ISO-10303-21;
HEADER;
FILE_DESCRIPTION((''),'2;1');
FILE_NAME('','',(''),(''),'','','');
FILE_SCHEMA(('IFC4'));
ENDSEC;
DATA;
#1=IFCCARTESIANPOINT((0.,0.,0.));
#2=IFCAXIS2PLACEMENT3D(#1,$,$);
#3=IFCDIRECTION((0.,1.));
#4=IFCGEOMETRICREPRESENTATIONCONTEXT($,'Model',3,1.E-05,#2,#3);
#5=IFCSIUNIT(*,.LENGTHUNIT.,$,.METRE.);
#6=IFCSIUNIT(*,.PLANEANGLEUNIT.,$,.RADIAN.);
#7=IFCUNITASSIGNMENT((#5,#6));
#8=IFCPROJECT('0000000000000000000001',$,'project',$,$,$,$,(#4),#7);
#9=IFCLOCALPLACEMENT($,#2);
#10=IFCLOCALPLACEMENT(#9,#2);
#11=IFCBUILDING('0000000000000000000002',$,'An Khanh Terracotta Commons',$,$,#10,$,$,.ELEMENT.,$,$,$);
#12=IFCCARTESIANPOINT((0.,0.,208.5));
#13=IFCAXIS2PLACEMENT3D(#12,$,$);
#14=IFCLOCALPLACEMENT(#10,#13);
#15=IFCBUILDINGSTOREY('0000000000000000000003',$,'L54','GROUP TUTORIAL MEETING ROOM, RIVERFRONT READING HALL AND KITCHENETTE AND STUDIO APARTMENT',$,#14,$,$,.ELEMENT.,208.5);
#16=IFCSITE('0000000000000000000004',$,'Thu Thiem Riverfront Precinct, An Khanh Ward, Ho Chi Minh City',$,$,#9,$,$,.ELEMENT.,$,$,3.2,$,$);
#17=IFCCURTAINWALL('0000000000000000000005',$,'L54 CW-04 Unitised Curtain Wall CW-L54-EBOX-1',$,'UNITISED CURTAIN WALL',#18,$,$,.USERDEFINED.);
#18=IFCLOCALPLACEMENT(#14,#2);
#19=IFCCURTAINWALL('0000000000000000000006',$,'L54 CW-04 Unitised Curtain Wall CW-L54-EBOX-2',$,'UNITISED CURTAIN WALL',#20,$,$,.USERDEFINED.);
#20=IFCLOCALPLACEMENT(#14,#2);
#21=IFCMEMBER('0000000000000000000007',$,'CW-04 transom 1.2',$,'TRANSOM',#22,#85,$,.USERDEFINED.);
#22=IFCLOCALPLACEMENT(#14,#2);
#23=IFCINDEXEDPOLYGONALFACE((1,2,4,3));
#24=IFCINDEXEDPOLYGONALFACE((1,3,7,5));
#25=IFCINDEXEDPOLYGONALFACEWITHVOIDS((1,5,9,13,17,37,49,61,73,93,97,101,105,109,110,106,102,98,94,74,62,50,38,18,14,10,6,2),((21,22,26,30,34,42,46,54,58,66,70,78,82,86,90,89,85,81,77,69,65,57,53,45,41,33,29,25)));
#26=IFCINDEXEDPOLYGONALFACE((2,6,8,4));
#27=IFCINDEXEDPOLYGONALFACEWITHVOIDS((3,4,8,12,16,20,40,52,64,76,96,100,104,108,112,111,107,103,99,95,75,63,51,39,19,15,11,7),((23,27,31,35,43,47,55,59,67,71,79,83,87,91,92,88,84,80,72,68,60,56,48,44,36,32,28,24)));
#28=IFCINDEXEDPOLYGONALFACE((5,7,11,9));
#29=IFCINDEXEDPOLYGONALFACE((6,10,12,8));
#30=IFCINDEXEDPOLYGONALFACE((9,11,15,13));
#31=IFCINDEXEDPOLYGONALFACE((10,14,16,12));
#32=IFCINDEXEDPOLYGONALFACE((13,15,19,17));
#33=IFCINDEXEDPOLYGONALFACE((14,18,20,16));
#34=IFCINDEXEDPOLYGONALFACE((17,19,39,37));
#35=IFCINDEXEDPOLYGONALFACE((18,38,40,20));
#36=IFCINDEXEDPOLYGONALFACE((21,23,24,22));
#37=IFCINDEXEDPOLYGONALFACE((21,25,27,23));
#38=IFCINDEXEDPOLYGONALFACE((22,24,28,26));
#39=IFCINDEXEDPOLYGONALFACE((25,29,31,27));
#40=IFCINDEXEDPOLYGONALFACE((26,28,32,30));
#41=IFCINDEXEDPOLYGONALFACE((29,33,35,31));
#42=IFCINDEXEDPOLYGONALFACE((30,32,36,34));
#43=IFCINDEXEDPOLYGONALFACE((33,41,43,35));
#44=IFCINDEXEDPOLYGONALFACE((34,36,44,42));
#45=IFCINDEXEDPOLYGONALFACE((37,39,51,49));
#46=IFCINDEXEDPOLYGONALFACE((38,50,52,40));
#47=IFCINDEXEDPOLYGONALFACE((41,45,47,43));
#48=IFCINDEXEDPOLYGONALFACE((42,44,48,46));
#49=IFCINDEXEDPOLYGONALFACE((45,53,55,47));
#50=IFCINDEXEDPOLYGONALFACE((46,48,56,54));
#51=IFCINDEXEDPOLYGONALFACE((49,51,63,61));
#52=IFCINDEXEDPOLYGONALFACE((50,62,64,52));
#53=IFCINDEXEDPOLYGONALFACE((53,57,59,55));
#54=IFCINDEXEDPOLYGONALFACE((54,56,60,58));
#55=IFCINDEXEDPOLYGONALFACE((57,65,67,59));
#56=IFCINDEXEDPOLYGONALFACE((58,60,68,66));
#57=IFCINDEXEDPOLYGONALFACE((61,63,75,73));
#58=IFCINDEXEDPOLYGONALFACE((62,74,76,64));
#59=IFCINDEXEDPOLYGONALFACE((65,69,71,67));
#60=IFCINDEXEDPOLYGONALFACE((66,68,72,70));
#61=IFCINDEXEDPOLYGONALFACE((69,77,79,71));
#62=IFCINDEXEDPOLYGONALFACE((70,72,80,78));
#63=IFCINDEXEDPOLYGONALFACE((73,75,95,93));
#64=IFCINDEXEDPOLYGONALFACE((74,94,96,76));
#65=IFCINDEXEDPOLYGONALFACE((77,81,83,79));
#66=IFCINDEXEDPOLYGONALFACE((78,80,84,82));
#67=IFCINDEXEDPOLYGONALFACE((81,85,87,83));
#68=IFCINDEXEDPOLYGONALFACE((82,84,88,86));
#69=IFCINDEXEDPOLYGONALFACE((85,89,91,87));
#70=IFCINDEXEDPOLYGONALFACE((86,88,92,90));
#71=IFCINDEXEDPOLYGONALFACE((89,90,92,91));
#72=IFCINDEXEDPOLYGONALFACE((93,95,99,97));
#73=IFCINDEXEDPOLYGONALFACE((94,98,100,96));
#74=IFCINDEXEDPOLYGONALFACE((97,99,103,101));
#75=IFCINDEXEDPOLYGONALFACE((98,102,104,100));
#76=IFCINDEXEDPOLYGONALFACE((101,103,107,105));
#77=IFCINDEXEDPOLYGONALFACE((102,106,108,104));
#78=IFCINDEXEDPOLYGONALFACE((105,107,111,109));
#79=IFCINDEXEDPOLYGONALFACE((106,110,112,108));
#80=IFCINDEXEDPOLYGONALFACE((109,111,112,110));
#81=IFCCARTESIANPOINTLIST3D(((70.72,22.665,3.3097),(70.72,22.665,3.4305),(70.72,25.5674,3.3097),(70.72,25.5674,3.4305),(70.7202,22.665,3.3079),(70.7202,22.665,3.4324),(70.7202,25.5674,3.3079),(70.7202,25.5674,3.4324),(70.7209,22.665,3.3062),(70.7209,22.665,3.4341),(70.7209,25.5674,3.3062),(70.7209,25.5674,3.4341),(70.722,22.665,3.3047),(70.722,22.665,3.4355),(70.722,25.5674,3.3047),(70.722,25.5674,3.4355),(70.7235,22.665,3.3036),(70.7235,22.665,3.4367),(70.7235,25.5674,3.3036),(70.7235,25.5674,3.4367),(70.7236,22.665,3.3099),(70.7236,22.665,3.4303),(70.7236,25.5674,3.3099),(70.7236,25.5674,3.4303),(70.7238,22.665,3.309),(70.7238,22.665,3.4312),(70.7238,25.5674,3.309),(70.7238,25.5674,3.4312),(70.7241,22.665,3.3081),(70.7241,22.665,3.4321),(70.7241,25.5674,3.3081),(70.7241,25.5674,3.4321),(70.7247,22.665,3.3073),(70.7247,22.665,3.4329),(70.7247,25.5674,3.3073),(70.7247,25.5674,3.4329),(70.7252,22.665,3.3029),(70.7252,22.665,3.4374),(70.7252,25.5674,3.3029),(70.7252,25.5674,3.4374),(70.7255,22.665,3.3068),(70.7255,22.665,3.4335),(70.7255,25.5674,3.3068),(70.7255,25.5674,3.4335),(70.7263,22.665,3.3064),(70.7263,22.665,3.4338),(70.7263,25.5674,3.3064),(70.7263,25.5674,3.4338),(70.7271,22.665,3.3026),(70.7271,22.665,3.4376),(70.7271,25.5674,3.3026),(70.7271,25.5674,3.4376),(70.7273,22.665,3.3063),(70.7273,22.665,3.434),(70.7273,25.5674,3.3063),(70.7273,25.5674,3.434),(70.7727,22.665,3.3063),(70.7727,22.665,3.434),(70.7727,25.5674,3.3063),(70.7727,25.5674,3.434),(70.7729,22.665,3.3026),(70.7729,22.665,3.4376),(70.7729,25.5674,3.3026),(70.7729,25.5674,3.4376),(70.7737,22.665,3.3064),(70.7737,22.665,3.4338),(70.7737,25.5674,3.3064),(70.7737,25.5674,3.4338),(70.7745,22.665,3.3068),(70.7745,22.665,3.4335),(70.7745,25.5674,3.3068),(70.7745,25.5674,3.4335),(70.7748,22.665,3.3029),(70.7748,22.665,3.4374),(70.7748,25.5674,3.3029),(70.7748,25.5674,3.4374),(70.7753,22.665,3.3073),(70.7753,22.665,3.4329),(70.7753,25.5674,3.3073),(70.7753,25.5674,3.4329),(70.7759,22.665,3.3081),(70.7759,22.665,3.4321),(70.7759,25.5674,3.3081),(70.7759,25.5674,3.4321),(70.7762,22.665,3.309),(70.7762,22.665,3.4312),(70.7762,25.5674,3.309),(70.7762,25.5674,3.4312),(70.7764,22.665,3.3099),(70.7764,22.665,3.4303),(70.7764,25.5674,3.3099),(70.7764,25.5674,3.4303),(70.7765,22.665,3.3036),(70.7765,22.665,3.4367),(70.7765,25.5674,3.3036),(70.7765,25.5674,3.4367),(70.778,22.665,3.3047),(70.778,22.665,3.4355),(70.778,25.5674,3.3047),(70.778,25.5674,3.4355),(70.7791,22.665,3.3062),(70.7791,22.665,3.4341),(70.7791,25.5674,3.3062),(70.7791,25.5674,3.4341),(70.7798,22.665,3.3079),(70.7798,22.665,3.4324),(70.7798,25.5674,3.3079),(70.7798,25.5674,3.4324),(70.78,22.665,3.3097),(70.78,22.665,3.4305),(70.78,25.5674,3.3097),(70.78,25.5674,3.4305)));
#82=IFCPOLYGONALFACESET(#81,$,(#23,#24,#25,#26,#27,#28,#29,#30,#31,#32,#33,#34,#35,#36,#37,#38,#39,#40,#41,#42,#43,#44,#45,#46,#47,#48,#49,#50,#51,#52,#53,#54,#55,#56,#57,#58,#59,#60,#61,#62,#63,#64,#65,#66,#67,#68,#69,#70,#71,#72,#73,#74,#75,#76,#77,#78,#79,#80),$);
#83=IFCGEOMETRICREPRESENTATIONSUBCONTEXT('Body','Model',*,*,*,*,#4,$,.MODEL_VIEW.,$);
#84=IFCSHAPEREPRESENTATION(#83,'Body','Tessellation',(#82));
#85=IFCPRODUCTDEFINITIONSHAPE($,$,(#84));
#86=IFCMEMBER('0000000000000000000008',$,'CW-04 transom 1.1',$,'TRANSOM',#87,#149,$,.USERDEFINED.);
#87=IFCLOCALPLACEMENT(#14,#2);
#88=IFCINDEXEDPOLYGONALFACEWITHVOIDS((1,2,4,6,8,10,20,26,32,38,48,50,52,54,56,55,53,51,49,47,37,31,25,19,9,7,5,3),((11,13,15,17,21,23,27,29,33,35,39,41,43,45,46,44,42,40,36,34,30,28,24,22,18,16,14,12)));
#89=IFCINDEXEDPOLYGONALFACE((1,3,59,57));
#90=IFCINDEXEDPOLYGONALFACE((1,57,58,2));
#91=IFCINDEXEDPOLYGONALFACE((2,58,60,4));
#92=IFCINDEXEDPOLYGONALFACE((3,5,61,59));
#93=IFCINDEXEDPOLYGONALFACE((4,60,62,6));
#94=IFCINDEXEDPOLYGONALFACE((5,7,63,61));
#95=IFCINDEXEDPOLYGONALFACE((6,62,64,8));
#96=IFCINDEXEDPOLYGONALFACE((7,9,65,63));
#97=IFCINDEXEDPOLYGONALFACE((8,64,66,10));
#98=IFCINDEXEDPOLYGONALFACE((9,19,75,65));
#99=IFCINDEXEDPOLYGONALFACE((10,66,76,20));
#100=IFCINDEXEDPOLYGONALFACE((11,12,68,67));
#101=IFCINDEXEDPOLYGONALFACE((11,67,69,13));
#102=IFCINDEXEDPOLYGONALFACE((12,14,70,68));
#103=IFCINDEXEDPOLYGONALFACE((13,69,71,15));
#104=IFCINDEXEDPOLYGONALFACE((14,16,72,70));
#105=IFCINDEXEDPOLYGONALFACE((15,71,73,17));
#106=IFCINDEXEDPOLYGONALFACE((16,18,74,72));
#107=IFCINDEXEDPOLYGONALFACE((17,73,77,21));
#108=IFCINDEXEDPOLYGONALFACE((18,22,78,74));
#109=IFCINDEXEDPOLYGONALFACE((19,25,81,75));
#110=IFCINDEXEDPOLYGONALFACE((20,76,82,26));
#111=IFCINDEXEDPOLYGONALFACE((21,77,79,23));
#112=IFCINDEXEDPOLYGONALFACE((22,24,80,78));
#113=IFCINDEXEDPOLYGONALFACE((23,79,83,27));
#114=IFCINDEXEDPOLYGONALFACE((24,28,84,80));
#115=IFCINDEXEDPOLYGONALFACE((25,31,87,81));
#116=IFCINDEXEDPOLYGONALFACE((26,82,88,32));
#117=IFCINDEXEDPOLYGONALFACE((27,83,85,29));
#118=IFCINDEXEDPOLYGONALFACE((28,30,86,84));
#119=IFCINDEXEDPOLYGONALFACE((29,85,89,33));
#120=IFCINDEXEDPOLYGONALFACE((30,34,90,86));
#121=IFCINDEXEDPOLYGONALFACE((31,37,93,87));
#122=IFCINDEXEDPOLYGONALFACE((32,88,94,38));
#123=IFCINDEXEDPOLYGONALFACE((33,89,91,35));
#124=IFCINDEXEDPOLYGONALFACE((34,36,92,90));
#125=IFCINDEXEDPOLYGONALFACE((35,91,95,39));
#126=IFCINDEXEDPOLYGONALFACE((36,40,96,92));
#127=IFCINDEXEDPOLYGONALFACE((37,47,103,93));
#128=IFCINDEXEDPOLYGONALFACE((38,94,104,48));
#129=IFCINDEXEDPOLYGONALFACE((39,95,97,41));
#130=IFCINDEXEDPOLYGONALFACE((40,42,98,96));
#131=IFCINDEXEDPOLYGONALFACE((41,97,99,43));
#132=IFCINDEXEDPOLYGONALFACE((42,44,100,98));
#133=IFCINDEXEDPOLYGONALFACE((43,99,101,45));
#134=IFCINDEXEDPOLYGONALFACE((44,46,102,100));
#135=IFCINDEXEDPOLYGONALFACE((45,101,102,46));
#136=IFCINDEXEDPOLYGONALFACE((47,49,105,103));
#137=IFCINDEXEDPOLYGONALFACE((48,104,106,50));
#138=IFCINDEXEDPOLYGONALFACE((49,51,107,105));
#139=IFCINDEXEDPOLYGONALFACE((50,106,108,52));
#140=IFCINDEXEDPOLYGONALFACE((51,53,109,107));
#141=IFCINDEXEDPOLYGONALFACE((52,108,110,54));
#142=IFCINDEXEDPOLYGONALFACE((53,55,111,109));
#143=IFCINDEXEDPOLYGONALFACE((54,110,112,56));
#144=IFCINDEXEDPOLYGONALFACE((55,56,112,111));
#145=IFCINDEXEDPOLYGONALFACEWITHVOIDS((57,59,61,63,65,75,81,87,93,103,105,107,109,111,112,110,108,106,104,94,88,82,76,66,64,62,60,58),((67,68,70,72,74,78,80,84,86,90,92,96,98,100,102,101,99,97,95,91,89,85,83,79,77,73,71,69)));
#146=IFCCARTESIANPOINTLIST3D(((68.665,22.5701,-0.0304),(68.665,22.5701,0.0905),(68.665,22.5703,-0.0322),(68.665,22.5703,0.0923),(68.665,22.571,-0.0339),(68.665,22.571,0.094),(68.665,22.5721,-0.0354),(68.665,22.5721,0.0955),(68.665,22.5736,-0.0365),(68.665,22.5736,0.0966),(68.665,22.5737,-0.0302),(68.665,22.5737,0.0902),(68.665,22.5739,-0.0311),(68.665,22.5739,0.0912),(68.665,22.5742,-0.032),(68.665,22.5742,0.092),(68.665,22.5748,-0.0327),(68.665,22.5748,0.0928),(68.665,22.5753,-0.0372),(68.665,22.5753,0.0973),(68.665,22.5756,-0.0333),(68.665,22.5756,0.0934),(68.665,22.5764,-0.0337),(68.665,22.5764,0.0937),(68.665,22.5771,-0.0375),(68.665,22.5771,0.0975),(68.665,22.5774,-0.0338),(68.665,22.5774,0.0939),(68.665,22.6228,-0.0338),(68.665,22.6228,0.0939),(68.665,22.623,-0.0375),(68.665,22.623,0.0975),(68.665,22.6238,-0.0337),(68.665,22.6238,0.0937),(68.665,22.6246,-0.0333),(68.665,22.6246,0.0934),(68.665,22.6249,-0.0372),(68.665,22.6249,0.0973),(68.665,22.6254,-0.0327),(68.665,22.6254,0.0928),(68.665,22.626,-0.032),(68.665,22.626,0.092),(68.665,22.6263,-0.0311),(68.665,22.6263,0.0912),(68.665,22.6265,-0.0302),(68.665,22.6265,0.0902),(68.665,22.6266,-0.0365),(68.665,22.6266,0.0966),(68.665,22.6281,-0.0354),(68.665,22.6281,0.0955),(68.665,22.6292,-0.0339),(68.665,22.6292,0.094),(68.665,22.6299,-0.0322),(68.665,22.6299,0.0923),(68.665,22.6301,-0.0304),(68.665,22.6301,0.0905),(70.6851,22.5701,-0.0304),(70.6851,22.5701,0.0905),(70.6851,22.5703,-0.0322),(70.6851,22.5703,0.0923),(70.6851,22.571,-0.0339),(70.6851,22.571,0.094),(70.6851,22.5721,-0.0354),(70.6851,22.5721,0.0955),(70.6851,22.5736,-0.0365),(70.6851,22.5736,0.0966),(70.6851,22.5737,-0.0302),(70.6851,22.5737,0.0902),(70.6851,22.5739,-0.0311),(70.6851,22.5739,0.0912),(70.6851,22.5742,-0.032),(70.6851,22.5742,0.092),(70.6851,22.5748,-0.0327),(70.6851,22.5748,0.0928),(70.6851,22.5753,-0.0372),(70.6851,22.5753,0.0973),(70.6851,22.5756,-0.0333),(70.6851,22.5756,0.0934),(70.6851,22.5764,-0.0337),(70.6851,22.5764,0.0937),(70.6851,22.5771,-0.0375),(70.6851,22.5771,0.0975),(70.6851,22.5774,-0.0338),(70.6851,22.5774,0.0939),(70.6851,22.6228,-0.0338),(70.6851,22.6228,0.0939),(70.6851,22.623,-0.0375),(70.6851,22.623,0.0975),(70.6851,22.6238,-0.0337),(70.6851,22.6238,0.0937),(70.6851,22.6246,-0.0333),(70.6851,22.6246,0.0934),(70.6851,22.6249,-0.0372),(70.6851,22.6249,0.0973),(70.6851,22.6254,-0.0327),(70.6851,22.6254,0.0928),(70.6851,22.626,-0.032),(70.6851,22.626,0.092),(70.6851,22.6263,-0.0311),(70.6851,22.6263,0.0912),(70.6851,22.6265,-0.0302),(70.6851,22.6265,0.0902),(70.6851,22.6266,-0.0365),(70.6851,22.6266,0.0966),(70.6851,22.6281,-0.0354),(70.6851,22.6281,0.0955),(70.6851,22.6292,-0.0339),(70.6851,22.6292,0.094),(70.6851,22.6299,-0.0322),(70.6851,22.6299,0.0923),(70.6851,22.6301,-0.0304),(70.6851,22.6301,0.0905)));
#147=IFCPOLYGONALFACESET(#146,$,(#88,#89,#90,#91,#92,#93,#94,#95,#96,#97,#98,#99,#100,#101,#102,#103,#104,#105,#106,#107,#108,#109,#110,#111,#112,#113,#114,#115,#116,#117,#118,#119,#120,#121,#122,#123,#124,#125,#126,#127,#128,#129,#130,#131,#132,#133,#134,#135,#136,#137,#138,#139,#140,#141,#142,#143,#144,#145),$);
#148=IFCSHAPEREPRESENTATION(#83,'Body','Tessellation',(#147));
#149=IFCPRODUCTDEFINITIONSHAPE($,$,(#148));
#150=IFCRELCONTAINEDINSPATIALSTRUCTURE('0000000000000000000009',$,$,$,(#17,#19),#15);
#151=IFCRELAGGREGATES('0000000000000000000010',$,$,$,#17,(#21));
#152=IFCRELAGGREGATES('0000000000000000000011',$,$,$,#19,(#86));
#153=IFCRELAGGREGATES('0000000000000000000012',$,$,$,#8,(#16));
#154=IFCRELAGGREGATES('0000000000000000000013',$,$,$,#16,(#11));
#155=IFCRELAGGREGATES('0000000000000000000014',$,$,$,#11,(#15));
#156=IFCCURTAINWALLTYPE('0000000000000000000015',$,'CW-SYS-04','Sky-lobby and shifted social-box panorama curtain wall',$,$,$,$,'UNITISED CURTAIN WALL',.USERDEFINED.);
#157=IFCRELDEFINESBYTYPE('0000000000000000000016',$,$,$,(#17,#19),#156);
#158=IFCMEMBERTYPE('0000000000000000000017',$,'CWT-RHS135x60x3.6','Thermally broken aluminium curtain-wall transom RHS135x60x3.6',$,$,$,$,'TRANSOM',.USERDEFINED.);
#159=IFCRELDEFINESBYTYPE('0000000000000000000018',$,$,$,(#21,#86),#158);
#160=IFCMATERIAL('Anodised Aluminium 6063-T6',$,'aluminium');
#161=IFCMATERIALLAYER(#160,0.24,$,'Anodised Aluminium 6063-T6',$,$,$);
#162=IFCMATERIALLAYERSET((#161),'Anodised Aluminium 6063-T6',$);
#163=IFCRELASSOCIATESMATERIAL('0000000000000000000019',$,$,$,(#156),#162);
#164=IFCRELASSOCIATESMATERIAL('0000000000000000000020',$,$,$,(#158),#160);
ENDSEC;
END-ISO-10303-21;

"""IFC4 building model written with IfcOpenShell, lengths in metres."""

from ifc_helpers import new_model, si_unit, direction, frame, origin, origin_2d, place, context, subcontext, project, spatial, hollow_rectangle, extrude, material, layer, layer_set, material_profile, profile_set, type_object, element, aggregate, save


model = new_model("IFC4")

# Units and contexts
model_context = context("Model", 3, precision=1e-05, world=origin(), true_north=direction((0.0, 1.0)))
body_context = subcontext(model_context, "Body", "Model", "MODEL_VIEW")
ifc_project = project(units=[si_unit("LENGTHUNIT", "METRE"), si_unit("PLANEANGLEUNIT", "RADIAN")], contexts=[model_context])

# Site, building, storey
site_placement = place(None, origin())
site = spatial("IfcSite", under=ifc_project, at=site_placement, Name="Thu Thiem Riverfront Precinct, An Khanh Ward, Ho Chi Minh City", CompositionType="ELEMENT", RefElevation=3.2)
building_placement = place(site_placement, origin())
building = spatial("IfcBuilding", under=site, at=building_placement, Name="An Khanh Terracotta Commons", CompositionType="ELEMENT")
storey_placement = place(building_placement, frame((0.0, 0.0, 208.5)))
storey = spatial("IfcBuildingStorey", under=building, at=storey_placement, Name="L54", Description="GROUP TUTORIAL MEETING ROOM, RIVERFRONT READING HALL AND KITCHENETTE AND STUDIO APARTMENT", CompositionType="ELEMENT", Elevation=208.5)

# Curtain wall
ifc_material_1 = material(Name="Anodised Aluminium 6063-T6", Category="aluminium")
ifc_layer_1 = layer(ifc_material_1, 0.24, Name="Anodised Aluminium 6063-T6")
ifc_layer_set_1 = layer_set([ifc_layer_1], Name="Anodised Aluminium 6063-T6")
curtain_wall_type_1 = type_object("IfcCurtainWallType", Name="CW-SYS-04", Description="Sky-lobby and shifted social-box panorama curtain wall", ElementType="UNITISED CURTAIN WALL", PredefinedType="USERDEFINED", material=ifc_layer_set_1)
curtain_wall_1_placement = place(storey_placement, origin())
curtain_wall_1 = element("IfcCurtainWall", 1, at=curtain_wall_1_placement, inside=storey, type_object=curtain_wall_type_1, Name="L54 CW-04 Unitised Curtain Wall CW-L54-EBOX-1", ObjectType="UNITISED CURTAIN WALL", PredefinedType="USERDEFINED")

# Curtain wall
curtain_wall_2_placement = place(storey_placement, origin())
curtain_wall_2 = element("IfcCurtainWall", 2, at=curtain_wall_2_placement, inside=storey, type_object=curtain_wall_type_1, Name="L54 CW-04 Unitised Curtain Wall CW-L54-EBOX-2", ObjectType="UNITISED CURTAIN WALL", PredefinedType="USERDEFINED")

# Members
ifc_material_profile_1 = material_profile(ifc_material_1, hollow_rectangle(XDim=0.0601, YDim=0.135, WallThickness=0.0037, InnerFilletRadius=0.0037, OuterFilletRadius=0.0071, at=origin_2d()), Name="RHS135x60x3.6")
ifc_profile_set_1 = profile_set([ifc_material_profile_1], Name="Anodised Aluminium 6063-T6")
member_type_1 = type_object("IfcMemberType", Name="CWT-RHS135x60x3.6", Description="Thermally broken aluminium curtain-wall transom RHS135x60x3.6", ElementType="TRANSOM", PredefinedType="USERDEFINED", material=ifc_profile_set_1)
member_1_placement = place(storey_placement, frame((70.75, 22.665, 3.3701), z_axis=(0.0, 1.0, 0.0), x_axis=(-1.0, 0.0, 0.0)))
member_1 = element("IfcMember", 3, at=member_1_placement, type_object=member_type_1, Name="CW-04 transom 1.2", ObjectType="TRANSOM", PredefinedType="USERDEFINED", context=body_context, shape_type="SweptSolid", body=[
    extrude(hollow_rectangle(XDim=0.0601, YDim=0.135, WallThickness=0.0037, InnerFilletRadius=0.0037, OuterFilletRadius=0.0071, at=origin_2d()), origin(), (0.0, 0.0, 1.0), 2.9023),
])
member_2_placement = place(storey_placement, frame((68.665, 22.6001, 0.03), z_axis=(1.0, 0.0, 0.0), x_axis=(0.0, 1.0, 0.0)))
member_2 = element("IfcMember", 4, at=member_2_placement, type_object=member_type_1, Name="CW-04 transom 1.1", ObjectType="TRANSOM", PredefinedType="USERDEFINED", context=body_context, shape_type="SweptSolid", body=[
    extrude(hollow_rectangle(XDim=0.0601, YDim=0.135, WallThickness=0.0037, InnerFilletRadius=0.0037, OuterFilletRadius=0.0071, at=origin_2d()), origin(), (0.0, 0.0, 1.0), 2.02),
])

aggregate(curtain_wall_1, [member_1])
aggregate(curtain_wall_2, [member_2])

save(model, "model.ifc")
